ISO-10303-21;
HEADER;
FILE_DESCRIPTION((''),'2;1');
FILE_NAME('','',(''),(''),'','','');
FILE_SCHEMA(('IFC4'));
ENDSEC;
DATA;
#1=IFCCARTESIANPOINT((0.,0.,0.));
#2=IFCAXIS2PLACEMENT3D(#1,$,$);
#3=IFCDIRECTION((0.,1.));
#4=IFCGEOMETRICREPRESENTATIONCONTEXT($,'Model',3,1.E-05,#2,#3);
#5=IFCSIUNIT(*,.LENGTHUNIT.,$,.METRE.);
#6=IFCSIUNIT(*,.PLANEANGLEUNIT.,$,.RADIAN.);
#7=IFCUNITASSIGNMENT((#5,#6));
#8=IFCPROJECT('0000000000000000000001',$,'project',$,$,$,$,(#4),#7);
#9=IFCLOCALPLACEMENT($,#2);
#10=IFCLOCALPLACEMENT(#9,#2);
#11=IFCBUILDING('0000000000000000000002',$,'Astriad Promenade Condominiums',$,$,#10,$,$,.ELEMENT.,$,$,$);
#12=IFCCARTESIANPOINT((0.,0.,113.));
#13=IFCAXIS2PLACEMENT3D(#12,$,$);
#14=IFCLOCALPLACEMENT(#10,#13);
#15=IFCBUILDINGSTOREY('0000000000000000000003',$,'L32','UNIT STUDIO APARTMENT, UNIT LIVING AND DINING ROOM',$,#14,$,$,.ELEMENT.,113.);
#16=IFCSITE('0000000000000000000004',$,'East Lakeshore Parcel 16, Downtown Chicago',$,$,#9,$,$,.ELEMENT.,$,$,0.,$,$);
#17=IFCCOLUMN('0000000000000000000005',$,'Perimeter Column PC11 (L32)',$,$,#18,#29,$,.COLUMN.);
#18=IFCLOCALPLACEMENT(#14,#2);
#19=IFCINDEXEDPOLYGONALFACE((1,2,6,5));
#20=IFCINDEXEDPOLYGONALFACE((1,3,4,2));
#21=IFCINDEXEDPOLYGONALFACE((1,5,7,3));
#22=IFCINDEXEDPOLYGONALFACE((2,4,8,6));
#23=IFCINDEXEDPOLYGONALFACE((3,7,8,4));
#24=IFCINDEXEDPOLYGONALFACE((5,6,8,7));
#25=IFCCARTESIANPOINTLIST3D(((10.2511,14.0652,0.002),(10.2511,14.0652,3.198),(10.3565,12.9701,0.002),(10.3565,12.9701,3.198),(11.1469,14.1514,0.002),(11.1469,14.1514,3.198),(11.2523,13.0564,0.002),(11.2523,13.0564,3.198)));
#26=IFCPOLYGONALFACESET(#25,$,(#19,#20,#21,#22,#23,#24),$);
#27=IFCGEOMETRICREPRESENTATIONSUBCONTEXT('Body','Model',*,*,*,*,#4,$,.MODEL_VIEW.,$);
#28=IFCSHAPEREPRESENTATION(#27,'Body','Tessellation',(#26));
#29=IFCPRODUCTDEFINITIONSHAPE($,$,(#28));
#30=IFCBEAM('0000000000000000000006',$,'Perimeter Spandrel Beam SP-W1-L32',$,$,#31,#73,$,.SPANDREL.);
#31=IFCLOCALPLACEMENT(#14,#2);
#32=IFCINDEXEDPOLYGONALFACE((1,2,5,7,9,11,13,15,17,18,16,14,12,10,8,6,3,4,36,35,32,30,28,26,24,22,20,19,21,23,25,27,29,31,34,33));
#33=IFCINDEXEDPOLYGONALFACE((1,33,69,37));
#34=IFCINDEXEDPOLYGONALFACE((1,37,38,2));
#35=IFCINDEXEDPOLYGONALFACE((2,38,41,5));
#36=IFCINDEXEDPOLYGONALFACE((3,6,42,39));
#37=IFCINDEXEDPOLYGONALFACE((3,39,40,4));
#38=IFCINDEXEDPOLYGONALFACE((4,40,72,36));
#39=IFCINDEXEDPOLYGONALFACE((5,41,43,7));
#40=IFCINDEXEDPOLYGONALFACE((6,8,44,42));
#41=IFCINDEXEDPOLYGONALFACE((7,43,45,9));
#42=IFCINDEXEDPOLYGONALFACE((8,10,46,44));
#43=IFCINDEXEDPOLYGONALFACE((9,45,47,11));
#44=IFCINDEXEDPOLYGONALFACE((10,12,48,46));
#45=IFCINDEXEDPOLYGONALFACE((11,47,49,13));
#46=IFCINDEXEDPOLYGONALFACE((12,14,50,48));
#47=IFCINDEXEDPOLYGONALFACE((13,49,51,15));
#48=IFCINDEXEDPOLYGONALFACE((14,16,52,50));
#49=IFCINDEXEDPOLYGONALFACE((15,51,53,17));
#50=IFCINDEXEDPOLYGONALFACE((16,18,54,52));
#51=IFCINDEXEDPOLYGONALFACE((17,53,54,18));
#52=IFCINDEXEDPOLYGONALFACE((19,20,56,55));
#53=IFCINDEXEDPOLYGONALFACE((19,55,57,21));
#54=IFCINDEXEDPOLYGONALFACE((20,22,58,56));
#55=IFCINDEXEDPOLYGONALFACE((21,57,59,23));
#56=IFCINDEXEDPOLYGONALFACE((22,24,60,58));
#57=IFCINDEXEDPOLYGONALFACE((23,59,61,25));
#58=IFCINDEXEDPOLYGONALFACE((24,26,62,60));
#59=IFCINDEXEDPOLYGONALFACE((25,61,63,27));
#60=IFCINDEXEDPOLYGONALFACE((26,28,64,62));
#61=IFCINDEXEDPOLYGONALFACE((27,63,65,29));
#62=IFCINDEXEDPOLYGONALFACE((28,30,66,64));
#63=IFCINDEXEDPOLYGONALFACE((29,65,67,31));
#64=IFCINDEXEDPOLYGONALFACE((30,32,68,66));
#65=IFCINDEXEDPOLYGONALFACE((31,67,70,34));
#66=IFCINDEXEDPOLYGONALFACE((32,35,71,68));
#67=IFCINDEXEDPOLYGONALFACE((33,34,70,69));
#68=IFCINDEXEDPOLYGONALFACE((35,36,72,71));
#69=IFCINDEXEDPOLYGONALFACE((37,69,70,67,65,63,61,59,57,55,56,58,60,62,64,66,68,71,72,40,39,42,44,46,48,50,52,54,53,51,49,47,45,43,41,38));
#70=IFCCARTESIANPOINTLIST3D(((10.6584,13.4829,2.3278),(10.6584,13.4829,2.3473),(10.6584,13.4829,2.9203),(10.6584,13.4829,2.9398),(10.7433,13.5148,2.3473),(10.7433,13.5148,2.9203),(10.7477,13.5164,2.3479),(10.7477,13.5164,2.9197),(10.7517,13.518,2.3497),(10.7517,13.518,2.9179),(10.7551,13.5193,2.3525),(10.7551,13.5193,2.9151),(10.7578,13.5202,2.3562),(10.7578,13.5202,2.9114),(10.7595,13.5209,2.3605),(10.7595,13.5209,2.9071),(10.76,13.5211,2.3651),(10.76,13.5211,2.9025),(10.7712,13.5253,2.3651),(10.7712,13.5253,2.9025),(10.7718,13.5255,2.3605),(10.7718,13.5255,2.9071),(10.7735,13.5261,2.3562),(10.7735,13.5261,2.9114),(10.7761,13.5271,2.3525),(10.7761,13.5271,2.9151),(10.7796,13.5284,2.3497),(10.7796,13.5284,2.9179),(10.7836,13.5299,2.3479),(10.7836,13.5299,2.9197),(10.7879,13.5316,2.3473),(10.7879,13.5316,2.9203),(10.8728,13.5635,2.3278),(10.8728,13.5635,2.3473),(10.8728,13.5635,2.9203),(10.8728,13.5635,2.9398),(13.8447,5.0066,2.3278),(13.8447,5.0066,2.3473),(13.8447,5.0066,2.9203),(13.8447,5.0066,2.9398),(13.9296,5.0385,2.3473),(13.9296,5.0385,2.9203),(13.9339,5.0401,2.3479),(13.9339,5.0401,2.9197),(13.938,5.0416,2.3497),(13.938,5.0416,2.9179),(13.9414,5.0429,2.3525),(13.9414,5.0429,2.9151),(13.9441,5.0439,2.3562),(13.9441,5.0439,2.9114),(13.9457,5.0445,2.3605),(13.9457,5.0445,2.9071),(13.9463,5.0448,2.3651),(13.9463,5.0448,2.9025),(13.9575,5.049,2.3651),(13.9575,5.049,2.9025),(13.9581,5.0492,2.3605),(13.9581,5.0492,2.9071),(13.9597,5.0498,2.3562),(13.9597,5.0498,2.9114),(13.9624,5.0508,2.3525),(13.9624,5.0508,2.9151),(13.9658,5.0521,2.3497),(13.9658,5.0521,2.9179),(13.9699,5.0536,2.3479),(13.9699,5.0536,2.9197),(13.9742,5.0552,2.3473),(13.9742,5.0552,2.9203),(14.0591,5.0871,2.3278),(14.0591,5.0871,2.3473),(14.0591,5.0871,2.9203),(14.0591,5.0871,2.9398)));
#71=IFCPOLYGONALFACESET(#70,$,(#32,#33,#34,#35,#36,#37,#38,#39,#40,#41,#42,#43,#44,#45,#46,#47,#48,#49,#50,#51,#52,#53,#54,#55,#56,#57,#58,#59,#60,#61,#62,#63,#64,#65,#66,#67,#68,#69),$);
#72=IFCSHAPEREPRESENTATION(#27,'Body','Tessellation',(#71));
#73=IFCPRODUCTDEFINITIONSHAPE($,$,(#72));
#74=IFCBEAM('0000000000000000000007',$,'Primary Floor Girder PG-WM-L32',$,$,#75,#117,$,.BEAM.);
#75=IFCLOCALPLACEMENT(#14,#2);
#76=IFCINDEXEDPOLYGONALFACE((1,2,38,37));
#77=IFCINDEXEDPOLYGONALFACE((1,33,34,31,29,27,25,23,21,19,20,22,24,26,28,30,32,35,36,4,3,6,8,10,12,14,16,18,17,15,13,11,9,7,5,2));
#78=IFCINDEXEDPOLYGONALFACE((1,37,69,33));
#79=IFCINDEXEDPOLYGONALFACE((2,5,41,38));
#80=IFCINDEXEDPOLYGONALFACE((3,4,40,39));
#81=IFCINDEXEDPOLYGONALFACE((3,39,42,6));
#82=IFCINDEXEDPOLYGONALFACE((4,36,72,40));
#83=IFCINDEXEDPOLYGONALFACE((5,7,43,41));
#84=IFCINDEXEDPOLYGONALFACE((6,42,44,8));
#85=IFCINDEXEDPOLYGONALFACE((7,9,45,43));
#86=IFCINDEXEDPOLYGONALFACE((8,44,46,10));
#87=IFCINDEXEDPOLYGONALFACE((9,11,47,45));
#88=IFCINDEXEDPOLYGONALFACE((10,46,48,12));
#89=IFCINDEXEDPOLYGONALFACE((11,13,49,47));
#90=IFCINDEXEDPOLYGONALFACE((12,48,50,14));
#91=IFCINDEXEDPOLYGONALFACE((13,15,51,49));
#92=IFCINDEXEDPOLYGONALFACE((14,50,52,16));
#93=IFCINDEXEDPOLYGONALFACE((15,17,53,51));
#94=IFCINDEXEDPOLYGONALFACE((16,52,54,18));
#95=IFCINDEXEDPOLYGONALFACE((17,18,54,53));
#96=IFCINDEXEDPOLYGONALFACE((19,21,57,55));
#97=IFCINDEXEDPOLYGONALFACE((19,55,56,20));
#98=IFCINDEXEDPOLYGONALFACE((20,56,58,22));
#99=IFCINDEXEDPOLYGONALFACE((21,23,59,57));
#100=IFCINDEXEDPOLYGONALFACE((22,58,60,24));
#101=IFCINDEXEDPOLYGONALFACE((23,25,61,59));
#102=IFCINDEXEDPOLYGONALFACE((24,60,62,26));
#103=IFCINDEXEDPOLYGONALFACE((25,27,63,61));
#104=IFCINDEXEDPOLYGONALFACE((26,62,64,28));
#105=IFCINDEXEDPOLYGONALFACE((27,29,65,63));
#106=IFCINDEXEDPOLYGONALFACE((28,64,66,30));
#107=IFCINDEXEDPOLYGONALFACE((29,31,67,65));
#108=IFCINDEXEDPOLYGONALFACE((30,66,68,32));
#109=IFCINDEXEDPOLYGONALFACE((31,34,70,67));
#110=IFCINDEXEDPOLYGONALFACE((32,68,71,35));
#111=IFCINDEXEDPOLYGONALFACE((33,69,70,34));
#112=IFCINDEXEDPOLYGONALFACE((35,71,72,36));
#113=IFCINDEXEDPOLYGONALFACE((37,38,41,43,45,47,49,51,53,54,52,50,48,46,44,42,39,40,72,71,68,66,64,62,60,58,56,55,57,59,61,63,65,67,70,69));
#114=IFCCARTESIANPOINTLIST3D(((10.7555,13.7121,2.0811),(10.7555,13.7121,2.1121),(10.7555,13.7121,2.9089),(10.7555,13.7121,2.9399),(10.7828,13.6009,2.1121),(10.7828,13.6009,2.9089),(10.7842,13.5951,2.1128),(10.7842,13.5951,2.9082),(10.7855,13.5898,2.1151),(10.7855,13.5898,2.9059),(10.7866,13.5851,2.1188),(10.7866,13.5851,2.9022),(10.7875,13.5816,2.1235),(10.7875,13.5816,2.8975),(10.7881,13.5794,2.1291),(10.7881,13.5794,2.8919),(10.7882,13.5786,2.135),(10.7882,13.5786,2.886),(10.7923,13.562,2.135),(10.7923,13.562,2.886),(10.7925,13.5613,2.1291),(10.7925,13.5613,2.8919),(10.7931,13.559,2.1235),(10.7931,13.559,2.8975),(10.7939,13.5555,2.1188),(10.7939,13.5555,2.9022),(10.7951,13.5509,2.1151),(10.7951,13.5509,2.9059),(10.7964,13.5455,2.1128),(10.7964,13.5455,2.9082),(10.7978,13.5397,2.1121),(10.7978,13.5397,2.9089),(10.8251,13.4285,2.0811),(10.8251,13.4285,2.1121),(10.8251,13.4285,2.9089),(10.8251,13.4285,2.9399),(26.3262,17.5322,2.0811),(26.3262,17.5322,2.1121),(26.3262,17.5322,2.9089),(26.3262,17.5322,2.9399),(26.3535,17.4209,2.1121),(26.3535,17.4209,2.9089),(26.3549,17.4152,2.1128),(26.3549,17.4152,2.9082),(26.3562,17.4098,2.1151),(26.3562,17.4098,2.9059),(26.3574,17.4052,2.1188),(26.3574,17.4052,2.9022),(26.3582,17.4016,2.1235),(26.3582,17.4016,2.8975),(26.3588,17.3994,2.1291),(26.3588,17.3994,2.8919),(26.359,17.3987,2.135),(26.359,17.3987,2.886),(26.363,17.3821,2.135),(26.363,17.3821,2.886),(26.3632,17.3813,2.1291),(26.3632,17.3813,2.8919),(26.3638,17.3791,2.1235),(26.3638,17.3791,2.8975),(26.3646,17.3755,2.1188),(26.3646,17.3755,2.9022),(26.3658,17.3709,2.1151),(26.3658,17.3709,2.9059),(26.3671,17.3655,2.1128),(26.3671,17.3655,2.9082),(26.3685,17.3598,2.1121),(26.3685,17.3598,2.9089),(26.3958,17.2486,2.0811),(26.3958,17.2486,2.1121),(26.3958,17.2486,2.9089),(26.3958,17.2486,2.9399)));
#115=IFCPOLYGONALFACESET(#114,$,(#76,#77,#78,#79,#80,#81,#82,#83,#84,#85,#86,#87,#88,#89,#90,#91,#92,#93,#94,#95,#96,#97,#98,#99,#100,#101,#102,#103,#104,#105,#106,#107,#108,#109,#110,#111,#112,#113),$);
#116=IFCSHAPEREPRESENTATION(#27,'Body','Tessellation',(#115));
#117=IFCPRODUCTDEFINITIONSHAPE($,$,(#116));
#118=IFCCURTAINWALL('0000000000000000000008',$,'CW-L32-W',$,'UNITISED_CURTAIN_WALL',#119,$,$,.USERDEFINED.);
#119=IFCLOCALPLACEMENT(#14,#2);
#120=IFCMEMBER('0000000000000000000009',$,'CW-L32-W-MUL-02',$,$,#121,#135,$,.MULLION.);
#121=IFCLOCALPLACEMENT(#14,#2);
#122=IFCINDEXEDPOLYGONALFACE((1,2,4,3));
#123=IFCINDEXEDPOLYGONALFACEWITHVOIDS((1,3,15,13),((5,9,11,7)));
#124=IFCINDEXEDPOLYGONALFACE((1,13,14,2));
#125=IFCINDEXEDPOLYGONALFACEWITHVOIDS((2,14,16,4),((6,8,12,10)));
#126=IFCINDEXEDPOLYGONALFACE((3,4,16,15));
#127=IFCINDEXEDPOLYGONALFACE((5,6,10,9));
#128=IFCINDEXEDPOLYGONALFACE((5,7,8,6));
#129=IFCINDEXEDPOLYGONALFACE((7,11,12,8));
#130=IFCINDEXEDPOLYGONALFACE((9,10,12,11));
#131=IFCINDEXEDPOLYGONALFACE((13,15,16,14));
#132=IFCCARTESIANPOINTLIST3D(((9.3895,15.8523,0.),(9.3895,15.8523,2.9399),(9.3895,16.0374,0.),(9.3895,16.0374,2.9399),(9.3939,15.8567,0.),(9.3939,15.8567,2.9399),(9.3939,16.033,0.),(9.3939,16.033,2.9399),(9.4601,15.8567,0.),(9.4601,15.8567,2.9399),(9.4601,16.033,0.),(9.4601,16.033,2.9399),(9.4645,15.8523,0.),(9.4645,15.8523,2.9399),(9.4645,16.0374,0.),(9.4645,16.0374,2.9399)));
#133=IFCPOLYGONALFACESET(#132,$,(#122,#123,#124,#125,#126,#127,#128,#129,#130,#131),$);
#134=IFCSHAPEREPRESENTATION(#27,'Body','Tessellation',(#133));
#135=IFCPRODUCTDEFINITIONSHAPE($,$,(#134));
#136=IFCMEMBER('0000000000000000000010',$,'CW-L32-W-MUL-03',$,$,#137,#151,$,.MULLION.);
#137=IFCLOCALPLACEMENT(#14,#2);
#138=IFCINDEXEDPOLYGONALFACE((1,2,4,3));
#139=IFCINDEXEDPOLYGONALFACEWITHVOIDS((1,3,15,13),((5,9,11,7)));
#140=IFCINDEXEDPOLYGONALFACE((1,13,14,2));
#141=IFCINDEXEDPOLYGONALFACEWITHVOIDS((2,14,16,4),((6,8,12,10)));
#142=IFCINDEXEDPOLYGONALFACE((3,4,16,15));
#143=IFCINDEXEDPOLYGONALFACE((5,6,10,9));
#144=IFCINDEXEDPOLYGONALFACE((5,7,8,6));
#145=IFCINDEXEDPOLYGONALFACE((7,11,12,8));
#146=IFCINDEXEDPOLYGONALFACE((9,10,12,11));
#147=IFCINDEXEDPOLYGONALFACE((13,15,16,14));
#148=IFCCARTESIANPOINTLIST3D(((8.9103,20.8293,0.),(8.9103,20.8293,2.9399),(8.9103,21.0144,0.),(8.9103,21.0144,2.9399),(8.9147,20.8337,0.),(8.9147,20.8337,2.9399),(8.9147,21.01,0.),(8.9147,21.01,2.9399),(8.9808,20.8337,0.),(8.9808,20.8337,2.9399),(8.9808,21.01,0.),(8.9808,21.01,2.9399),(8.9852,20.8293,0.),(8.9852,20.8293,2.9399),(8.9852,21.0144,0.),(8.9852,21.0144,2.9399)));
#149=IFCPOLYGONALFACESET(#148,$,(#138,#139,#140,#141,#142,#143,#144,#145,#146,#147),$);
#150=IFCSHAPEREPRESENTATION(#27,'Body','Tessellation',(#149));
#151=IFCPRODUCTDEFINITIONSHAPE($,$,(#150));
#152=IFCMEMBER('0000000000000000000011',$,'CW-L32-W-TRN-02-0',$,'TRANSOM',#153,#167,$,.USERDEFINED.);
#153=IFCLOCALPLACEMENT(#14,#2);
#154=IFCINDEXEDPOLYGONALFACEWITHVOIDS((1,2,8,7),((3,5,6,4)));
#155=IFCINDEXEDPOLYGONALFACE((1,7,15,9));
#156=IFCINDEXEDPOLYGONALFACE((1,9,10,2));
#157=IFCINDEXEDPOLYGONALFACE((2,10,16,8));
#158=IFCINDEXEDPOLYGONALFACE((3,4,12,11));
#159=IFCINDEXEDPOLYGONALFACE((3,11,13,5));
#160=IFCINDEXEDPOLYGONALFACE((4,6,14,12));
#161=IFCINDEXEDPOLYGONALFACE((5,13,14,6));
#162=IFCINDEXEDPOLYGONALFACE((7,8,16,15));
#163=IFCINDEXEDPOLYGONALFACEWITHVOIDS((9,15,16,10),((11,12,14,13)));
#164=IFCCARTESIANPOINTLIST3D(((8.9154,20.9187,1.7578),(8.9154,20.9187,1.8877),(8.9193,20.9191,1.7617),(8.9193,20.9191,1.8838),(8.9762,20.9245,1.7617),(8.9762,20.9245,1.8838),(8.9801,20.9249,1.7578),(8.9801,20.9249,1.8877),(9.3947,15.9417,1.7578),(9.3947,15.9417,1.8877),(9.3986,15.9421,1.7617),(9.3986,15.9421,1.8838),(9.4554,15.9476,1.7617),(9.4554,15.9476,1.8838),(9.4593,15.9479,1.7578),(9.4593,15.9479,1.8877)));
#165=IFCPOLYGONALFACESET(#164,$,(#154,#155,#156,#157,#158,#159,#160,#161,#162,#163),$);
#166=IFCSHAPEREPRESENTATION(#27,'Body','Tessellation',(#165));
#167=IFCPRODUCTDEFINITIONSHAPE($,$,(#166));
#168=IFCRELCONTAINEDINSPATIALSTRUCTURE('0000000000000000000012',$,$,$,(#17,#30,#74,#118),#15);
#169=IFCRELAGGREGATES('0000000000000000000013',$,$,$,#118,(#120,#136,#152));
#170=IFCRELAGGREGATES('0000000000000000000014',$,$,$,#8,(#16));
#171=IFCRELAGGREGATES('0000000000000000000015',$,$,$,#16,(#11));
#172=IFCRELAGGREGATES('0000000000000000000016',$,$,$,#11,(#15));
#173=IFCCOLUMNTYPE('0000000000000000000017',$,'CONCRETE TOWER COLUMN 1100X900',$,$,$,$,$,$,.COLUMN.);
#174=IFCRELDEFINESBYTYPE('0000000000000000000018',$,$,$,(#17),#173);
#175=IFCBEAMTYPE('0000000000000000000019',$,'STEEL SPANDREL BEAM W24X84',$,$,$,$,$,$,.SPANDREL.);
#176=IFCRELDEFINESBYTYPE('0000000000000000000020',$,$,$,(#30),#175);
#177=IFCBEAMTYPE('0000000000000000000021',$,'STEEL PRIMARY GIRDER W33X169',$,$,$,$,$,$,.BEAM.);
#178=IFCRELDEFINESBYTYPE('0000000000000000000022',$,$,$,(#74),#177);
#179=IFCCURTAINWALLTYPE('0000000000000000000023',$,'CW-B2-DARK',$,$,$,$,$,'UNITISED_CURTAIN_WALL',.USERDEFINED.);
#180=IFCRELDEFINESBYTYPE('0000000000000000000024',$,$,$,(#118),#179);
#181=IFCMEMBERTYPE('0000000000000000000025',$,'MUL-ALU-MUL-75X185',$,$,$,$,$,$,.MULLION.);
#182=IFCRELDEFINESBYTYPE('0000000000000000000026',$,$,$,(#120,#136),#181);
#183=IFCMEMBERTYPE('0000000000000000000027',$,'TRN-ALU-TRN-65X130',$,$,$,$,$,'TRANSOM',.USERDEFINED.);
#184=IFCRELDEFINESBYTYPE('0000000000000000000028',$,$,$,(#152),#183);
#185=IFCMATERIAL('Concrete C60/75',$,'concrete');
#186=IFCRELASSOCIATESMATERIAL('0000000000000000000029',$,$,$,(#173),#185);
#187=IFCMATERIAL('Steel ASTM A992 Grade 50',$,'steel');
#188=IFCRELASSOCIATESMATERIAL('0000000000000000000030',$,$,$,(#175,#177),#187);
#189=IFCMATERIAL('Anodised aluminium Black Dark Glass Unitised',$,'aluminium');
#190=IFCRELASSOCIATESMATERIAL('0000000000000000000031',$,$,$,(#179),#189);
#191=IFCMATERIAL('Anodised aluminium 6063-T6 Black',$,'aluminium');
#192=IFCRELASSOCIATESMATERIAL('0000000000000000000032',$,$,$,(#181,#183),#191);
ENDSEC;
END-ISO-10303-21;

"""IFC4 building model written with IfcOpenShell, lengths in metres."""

from ifc_helpers import new_model, si_unit, direction, frame, origin, origin_2d, place, context, subcontext, project, spatial, rectangle, hollow_rectangle, i_section, extrude, source, transform, mapped, material, material_profile, profile_set, type_object, type_shapes, element, aggregate, save


model = new_model("IFC4")

# Units and contexts
model_context = context("Model", 3, precision=1e-05, world=origin(), true_north=direction((0.0, 1.0)))
body_context = subcontext(model_context, "Body", "Model", "MODEL_VIEW")
ifc_project = project(units=[si_unit("LENGTHUNIT", "METRE"), si_unit("PLANEANGLEUNIT", "RADIAN")], contexts=[model_context])

# Site, building, storey
site_placement = place(None, origin())
site = spatial("IfcSite", under=ifc_project, at=site_placement, Name="East Lakeshore Parcel 16, Downtown Chicago", CompositionType="ELEMENT", RefElevation=0.0)
building_placement = place(site_placement, origin())
building = spatial("IfcBuilding", under=site, at=building_placement, Name="Astriad Promenade Condominiums", CompositionType="ELEMENT")
storey_placement = place(building_placement, frame((0.0, 0.0, 113.0)))
storey = spatial("IfcBuildingStorey", under=building, at=storey_placement, Name="L32", Description="UNIT STUDIO APARTMENT, UNIT LIVING AND DINING ROOM", CompositionType="ELEMENT", Elevation=113.0)

# Column
ifc_material_1 = material(Name="Concrete C60/75", Category="concrete")
ifc_material_profile_1 = material_profile(ifc_material_1, rectangle(XDim=0.8999, YDim=1.1001, at=origin_2d()), Name="RC-COL-1100X900")
ifc_profile_set_1 = profile_set([ifc_material_profile_1], Name="Concrete C60/75")
column_type = type_object("IfcColumnType", Name="CONCRETE TOWER COLUMN 1100X900", PredefinedType="COLUMN", material=ifc_profile_set_1)
shared_shape_1 = source(origin(), body_context, "Body", "SweptSolid", [
    extrude(rectangle(XDim=0.8999, YDim=1.1001, at=origin_2d()), origin(), (0.0, 0.0, 1.0), 3.196),
])
type_shapes(column_type, [shared_shape_1])
column_placement = place(storey_placement, frame((10.7517, 13.5608, 0.002), z_axis=(0.0, 0.0, 1.0), x_axis=(0.995396, 0.095846, 0.0)))
element("IfcColumn", 1, at=column_placement, inside=storey, type_object=column_type, Name="Perimeter Column PC11 (L32)", PredefinedType="COLUMN", context=body_context, shape_type="MappedRepresentation", body=[
    mapped(shared_shape_1, transform((0.0, 0.0, 0.0), scale=1.0)),
])

# Beams
ifc_material_2 = material(Name="Steel ASTM A992 Grade 50", Category="steel")
ifc_material_profile_2 = material_profile(ifc_material_2, i_section(OverallWidth=0.229, OverallDepth=0.6121, WebThickness=0.012, FlangeThickness=0.0195, FilletRadius=0.0178, at=origin_2d()), Name="W24X84")
ifc_profile_set_2 = profile_set([ifc_material_profile_2], Name="Steel ASTM A992 Grade 50")
beam_type_1 = type_object("IfcBeamType", Name="STEEL SPANDREL BEAM W24X84", PredefinedType="SPANDREL", material=ifc_profile_set_2)
shared_shape_2 = source(origin(), body_context, "Body", "SweptSolid", [
    extrude(i_section(OverallWidth=0.229, OverallDepth=0.6121, WebThickness=0.012, FlangeThickness=0.0195, FilletRadius=0.0178, at=origin_2d()), origin(), (0.0, 0.0, 1.0), 9.0554),
])
type_shapes(beam_type_1, [shared_shape_2])
beam_1_placement = place(storey_placement, frame((10.7656, 13.5232, 2.6338), z_axis=(0.351865, -0.936051, 0.0), x_axis=(0.936051, 0.351865, 0.0)))
element("IfcBeam", 2, at=beam_1_placement, inside=storey, type_object=beam_type_1, Name="Perimeter Spandrel Beam SP-W1-L32", PredefinedType="SPANDREL", context=body_context, shape_type="MappedRepresentation", body=[
    mapped(shared_shape_2, transform((0.0, 0.0, 0.0), scale=1.0)),
])
ifc_material_profile_3 = material_profile(ifc_material_2, i_section(OverallWidth=0.292, OverallDepth=0.8589, WebThickness=0.0171, FlangeThickness=0.031, FilletRadius=0.0229, at=origin_2d()), Name="W33X169")
ifc_profile_set_3 = profile_set([ifc_material_profile_3], Name="Steel ASTM A992 Grade 50")
beam_type_2 = type_object("IfcBeamType", Name="STEEL PRIMARY GIRDER W33X169", PredefinedType="BEAM", material=ifc_profile_set_3)
shared_shape_3 = source(origin(), body_context, "Body", "SweptSolid", [
    extrude(i_section(OverallWidth=0.292, OverallDepth=0.8589, WebThickness=0.0171, FlangeThickness=0.031, FilletRadius=0.0229, at=origin_2d()), origin(), (0.0, 0.0, 1.0), 16.0325),
])
type_shapes(beam_type_2, [shared_shape_3])
beam_2_placement = place(storey_placement, frame((10.7903, 13.5703, 2.5105), z_axis=(0.971199, 0.238269, 0.0), x_axis=(-0.238269, 0.971199, 0.0)))
element("IfcBeam", 3, at=beam_2_placement, inside=storey, type_object=beam_type_2, Name="Primary Floor Girder PG-WM-L32", PredefinedType="BEAM", context=body_context, shape_type="MappedRepresentation", body=[
    mapped(shared_shape_3, transform((0.0, 0.0, 0.0), scale=1.0)),
])

# Curtain wall, members
ifc_material_3 = material(Name="Anodised aluminium Black Dark Glass Unitised", Category="aluminium")
curtain_wall_type = type_object("IfcCurtainWallType", Name="CW-B2-DARK", ElementType="UNITISED_CURTAIN_WALL", PredefinedType="USERDEFINED", material=ifc_material_3)
curtain_wall_placement = place(storey_placement, origin())
curtain_wall = element("IfcCurtainWall", 4, at=curtain_wall_placement, inside=storey, type_object=curtain_wall_type, Name="CW-L32-W", ObjectType="UNITISED_CURTAIN_WALL", PredefinedType="USERDEFINED")
ifc_material_4 = material(Name="Anodised aluminium 6063-T6 Black", Category="aluminium")
ifc_material_profile_4 = material_profile(ifc_material_4, hollow_rectangle(XDim=0.075, YDim=0.1851, WallThickness=0.0044, at=origin_2d()), Name="ALU-MUL-75X185")
ifc_profile_set_4 = profile_set([ifc_material_profile_4], Name="Anodised aluminium 6063-T6 Black")
member_type_1 = type_object("IfcMemberType", Name="MUL-ALU-MUL-75X185", PredefinedType="MULLION", material=ifc_profile_set_4)
shared_shape_4 = source(origin(), body_context, "Body", "SweptSolid", [
    extrude(hollow_rectangle(XDim=0.075, YDim=0.1851, WallThickness=0.0044, at=origin_2d()), origin(), (0.0, 0.0, 1.0), 2.9399),
])
type_shapes(member_type_1, [shared_shape_4])
member_1_placement = place(storey_placement, frame((9.427, 15.9448, 0.0), z_axis=(0.0, 0.0, 1.0), x_axis=(1.0, 0.0, 0.0)))
member_1 = element("IfcMember", 5, at=member_1_placement, type_object=member_type_1, Name="CW-L32-W-MUL-02", PredefinedType="MULLION", context=body_context, shape_type="MappedRepresentation", body=[
    mapped(shared_shape_4, transform((0.0, 0.0, 0.0), scale=1.0)),
])
member_2_placement = place(storey_placement, frame((8.9478, 20.9219, 0.0), z_axis=(0.0, 0.0, 1.0), x_axis=(1.0, 0.0, 0.0)))
member_2 = element("IfcMember", 6, at=member_2_placement, type_object=member_type_1, Name="CW-L32-W-MUL-03", PredefinedType="MULLION", context=body_context, shape_type="MappedRepresentation", body=[
    mapped(shared_shape_4, transform((0.0, 0.0, 0.0), scale=1.0)),
])
ifc_material_profile_5 = material_profile(ifc_material_4, hollow_rectangle(XDim=0.0649, YDim=0.1299, WallThickness=0.0039, at=origin_2d()), Name="ALU-TRN-65X130")
ifc_profile_set_5 = profile_set([ifc_material_profile_5], Name="Anodised aluminium 6063-T6 Black")
member_type_2 = type_object("IfcMemberType", Name="TRN-ALU-TRN-65X130", ElementType="TRANSOM", PredefinedType="USERDEFINED", material=ifc_profile_set_5)
shared_shape_5 = source(origin(), body_context, "Body", "SweptSolid", [
    extrude(hollow_rectangle(XDim=0.0649, YDim=0.1299, WallThickness=0.0039, at=origin_2d()), origin(), (0.0, 0.0, 1.0), 5.0),
])
type_shapes(member_type_2, [shared_shape_5])
member_3_placement = place(storey_placement, frame((9.427, 15.9448, 1.8228), z_axis=(-0.095848, 0.995396, 0.0), x_axis=(-0.995396, -0.095848, 0.0)))
member_3 = element("IfcMember", 7, at=member_3_placement, type_object=member_type_2, Name="CW-L32-W-TRN-02-0", ObjectType="TRANSOM", PredefinedType="USERDEFINED", context=body_context, shape_type="MappedRepresentation", body=[
    mapped(shared_shape_5, transform((0.0, 0.0, 0.0), scale=1.0)),
])
aggregate(curtain_wall, [member_1, member_2, member_3])

save(model, "model.ifc")
